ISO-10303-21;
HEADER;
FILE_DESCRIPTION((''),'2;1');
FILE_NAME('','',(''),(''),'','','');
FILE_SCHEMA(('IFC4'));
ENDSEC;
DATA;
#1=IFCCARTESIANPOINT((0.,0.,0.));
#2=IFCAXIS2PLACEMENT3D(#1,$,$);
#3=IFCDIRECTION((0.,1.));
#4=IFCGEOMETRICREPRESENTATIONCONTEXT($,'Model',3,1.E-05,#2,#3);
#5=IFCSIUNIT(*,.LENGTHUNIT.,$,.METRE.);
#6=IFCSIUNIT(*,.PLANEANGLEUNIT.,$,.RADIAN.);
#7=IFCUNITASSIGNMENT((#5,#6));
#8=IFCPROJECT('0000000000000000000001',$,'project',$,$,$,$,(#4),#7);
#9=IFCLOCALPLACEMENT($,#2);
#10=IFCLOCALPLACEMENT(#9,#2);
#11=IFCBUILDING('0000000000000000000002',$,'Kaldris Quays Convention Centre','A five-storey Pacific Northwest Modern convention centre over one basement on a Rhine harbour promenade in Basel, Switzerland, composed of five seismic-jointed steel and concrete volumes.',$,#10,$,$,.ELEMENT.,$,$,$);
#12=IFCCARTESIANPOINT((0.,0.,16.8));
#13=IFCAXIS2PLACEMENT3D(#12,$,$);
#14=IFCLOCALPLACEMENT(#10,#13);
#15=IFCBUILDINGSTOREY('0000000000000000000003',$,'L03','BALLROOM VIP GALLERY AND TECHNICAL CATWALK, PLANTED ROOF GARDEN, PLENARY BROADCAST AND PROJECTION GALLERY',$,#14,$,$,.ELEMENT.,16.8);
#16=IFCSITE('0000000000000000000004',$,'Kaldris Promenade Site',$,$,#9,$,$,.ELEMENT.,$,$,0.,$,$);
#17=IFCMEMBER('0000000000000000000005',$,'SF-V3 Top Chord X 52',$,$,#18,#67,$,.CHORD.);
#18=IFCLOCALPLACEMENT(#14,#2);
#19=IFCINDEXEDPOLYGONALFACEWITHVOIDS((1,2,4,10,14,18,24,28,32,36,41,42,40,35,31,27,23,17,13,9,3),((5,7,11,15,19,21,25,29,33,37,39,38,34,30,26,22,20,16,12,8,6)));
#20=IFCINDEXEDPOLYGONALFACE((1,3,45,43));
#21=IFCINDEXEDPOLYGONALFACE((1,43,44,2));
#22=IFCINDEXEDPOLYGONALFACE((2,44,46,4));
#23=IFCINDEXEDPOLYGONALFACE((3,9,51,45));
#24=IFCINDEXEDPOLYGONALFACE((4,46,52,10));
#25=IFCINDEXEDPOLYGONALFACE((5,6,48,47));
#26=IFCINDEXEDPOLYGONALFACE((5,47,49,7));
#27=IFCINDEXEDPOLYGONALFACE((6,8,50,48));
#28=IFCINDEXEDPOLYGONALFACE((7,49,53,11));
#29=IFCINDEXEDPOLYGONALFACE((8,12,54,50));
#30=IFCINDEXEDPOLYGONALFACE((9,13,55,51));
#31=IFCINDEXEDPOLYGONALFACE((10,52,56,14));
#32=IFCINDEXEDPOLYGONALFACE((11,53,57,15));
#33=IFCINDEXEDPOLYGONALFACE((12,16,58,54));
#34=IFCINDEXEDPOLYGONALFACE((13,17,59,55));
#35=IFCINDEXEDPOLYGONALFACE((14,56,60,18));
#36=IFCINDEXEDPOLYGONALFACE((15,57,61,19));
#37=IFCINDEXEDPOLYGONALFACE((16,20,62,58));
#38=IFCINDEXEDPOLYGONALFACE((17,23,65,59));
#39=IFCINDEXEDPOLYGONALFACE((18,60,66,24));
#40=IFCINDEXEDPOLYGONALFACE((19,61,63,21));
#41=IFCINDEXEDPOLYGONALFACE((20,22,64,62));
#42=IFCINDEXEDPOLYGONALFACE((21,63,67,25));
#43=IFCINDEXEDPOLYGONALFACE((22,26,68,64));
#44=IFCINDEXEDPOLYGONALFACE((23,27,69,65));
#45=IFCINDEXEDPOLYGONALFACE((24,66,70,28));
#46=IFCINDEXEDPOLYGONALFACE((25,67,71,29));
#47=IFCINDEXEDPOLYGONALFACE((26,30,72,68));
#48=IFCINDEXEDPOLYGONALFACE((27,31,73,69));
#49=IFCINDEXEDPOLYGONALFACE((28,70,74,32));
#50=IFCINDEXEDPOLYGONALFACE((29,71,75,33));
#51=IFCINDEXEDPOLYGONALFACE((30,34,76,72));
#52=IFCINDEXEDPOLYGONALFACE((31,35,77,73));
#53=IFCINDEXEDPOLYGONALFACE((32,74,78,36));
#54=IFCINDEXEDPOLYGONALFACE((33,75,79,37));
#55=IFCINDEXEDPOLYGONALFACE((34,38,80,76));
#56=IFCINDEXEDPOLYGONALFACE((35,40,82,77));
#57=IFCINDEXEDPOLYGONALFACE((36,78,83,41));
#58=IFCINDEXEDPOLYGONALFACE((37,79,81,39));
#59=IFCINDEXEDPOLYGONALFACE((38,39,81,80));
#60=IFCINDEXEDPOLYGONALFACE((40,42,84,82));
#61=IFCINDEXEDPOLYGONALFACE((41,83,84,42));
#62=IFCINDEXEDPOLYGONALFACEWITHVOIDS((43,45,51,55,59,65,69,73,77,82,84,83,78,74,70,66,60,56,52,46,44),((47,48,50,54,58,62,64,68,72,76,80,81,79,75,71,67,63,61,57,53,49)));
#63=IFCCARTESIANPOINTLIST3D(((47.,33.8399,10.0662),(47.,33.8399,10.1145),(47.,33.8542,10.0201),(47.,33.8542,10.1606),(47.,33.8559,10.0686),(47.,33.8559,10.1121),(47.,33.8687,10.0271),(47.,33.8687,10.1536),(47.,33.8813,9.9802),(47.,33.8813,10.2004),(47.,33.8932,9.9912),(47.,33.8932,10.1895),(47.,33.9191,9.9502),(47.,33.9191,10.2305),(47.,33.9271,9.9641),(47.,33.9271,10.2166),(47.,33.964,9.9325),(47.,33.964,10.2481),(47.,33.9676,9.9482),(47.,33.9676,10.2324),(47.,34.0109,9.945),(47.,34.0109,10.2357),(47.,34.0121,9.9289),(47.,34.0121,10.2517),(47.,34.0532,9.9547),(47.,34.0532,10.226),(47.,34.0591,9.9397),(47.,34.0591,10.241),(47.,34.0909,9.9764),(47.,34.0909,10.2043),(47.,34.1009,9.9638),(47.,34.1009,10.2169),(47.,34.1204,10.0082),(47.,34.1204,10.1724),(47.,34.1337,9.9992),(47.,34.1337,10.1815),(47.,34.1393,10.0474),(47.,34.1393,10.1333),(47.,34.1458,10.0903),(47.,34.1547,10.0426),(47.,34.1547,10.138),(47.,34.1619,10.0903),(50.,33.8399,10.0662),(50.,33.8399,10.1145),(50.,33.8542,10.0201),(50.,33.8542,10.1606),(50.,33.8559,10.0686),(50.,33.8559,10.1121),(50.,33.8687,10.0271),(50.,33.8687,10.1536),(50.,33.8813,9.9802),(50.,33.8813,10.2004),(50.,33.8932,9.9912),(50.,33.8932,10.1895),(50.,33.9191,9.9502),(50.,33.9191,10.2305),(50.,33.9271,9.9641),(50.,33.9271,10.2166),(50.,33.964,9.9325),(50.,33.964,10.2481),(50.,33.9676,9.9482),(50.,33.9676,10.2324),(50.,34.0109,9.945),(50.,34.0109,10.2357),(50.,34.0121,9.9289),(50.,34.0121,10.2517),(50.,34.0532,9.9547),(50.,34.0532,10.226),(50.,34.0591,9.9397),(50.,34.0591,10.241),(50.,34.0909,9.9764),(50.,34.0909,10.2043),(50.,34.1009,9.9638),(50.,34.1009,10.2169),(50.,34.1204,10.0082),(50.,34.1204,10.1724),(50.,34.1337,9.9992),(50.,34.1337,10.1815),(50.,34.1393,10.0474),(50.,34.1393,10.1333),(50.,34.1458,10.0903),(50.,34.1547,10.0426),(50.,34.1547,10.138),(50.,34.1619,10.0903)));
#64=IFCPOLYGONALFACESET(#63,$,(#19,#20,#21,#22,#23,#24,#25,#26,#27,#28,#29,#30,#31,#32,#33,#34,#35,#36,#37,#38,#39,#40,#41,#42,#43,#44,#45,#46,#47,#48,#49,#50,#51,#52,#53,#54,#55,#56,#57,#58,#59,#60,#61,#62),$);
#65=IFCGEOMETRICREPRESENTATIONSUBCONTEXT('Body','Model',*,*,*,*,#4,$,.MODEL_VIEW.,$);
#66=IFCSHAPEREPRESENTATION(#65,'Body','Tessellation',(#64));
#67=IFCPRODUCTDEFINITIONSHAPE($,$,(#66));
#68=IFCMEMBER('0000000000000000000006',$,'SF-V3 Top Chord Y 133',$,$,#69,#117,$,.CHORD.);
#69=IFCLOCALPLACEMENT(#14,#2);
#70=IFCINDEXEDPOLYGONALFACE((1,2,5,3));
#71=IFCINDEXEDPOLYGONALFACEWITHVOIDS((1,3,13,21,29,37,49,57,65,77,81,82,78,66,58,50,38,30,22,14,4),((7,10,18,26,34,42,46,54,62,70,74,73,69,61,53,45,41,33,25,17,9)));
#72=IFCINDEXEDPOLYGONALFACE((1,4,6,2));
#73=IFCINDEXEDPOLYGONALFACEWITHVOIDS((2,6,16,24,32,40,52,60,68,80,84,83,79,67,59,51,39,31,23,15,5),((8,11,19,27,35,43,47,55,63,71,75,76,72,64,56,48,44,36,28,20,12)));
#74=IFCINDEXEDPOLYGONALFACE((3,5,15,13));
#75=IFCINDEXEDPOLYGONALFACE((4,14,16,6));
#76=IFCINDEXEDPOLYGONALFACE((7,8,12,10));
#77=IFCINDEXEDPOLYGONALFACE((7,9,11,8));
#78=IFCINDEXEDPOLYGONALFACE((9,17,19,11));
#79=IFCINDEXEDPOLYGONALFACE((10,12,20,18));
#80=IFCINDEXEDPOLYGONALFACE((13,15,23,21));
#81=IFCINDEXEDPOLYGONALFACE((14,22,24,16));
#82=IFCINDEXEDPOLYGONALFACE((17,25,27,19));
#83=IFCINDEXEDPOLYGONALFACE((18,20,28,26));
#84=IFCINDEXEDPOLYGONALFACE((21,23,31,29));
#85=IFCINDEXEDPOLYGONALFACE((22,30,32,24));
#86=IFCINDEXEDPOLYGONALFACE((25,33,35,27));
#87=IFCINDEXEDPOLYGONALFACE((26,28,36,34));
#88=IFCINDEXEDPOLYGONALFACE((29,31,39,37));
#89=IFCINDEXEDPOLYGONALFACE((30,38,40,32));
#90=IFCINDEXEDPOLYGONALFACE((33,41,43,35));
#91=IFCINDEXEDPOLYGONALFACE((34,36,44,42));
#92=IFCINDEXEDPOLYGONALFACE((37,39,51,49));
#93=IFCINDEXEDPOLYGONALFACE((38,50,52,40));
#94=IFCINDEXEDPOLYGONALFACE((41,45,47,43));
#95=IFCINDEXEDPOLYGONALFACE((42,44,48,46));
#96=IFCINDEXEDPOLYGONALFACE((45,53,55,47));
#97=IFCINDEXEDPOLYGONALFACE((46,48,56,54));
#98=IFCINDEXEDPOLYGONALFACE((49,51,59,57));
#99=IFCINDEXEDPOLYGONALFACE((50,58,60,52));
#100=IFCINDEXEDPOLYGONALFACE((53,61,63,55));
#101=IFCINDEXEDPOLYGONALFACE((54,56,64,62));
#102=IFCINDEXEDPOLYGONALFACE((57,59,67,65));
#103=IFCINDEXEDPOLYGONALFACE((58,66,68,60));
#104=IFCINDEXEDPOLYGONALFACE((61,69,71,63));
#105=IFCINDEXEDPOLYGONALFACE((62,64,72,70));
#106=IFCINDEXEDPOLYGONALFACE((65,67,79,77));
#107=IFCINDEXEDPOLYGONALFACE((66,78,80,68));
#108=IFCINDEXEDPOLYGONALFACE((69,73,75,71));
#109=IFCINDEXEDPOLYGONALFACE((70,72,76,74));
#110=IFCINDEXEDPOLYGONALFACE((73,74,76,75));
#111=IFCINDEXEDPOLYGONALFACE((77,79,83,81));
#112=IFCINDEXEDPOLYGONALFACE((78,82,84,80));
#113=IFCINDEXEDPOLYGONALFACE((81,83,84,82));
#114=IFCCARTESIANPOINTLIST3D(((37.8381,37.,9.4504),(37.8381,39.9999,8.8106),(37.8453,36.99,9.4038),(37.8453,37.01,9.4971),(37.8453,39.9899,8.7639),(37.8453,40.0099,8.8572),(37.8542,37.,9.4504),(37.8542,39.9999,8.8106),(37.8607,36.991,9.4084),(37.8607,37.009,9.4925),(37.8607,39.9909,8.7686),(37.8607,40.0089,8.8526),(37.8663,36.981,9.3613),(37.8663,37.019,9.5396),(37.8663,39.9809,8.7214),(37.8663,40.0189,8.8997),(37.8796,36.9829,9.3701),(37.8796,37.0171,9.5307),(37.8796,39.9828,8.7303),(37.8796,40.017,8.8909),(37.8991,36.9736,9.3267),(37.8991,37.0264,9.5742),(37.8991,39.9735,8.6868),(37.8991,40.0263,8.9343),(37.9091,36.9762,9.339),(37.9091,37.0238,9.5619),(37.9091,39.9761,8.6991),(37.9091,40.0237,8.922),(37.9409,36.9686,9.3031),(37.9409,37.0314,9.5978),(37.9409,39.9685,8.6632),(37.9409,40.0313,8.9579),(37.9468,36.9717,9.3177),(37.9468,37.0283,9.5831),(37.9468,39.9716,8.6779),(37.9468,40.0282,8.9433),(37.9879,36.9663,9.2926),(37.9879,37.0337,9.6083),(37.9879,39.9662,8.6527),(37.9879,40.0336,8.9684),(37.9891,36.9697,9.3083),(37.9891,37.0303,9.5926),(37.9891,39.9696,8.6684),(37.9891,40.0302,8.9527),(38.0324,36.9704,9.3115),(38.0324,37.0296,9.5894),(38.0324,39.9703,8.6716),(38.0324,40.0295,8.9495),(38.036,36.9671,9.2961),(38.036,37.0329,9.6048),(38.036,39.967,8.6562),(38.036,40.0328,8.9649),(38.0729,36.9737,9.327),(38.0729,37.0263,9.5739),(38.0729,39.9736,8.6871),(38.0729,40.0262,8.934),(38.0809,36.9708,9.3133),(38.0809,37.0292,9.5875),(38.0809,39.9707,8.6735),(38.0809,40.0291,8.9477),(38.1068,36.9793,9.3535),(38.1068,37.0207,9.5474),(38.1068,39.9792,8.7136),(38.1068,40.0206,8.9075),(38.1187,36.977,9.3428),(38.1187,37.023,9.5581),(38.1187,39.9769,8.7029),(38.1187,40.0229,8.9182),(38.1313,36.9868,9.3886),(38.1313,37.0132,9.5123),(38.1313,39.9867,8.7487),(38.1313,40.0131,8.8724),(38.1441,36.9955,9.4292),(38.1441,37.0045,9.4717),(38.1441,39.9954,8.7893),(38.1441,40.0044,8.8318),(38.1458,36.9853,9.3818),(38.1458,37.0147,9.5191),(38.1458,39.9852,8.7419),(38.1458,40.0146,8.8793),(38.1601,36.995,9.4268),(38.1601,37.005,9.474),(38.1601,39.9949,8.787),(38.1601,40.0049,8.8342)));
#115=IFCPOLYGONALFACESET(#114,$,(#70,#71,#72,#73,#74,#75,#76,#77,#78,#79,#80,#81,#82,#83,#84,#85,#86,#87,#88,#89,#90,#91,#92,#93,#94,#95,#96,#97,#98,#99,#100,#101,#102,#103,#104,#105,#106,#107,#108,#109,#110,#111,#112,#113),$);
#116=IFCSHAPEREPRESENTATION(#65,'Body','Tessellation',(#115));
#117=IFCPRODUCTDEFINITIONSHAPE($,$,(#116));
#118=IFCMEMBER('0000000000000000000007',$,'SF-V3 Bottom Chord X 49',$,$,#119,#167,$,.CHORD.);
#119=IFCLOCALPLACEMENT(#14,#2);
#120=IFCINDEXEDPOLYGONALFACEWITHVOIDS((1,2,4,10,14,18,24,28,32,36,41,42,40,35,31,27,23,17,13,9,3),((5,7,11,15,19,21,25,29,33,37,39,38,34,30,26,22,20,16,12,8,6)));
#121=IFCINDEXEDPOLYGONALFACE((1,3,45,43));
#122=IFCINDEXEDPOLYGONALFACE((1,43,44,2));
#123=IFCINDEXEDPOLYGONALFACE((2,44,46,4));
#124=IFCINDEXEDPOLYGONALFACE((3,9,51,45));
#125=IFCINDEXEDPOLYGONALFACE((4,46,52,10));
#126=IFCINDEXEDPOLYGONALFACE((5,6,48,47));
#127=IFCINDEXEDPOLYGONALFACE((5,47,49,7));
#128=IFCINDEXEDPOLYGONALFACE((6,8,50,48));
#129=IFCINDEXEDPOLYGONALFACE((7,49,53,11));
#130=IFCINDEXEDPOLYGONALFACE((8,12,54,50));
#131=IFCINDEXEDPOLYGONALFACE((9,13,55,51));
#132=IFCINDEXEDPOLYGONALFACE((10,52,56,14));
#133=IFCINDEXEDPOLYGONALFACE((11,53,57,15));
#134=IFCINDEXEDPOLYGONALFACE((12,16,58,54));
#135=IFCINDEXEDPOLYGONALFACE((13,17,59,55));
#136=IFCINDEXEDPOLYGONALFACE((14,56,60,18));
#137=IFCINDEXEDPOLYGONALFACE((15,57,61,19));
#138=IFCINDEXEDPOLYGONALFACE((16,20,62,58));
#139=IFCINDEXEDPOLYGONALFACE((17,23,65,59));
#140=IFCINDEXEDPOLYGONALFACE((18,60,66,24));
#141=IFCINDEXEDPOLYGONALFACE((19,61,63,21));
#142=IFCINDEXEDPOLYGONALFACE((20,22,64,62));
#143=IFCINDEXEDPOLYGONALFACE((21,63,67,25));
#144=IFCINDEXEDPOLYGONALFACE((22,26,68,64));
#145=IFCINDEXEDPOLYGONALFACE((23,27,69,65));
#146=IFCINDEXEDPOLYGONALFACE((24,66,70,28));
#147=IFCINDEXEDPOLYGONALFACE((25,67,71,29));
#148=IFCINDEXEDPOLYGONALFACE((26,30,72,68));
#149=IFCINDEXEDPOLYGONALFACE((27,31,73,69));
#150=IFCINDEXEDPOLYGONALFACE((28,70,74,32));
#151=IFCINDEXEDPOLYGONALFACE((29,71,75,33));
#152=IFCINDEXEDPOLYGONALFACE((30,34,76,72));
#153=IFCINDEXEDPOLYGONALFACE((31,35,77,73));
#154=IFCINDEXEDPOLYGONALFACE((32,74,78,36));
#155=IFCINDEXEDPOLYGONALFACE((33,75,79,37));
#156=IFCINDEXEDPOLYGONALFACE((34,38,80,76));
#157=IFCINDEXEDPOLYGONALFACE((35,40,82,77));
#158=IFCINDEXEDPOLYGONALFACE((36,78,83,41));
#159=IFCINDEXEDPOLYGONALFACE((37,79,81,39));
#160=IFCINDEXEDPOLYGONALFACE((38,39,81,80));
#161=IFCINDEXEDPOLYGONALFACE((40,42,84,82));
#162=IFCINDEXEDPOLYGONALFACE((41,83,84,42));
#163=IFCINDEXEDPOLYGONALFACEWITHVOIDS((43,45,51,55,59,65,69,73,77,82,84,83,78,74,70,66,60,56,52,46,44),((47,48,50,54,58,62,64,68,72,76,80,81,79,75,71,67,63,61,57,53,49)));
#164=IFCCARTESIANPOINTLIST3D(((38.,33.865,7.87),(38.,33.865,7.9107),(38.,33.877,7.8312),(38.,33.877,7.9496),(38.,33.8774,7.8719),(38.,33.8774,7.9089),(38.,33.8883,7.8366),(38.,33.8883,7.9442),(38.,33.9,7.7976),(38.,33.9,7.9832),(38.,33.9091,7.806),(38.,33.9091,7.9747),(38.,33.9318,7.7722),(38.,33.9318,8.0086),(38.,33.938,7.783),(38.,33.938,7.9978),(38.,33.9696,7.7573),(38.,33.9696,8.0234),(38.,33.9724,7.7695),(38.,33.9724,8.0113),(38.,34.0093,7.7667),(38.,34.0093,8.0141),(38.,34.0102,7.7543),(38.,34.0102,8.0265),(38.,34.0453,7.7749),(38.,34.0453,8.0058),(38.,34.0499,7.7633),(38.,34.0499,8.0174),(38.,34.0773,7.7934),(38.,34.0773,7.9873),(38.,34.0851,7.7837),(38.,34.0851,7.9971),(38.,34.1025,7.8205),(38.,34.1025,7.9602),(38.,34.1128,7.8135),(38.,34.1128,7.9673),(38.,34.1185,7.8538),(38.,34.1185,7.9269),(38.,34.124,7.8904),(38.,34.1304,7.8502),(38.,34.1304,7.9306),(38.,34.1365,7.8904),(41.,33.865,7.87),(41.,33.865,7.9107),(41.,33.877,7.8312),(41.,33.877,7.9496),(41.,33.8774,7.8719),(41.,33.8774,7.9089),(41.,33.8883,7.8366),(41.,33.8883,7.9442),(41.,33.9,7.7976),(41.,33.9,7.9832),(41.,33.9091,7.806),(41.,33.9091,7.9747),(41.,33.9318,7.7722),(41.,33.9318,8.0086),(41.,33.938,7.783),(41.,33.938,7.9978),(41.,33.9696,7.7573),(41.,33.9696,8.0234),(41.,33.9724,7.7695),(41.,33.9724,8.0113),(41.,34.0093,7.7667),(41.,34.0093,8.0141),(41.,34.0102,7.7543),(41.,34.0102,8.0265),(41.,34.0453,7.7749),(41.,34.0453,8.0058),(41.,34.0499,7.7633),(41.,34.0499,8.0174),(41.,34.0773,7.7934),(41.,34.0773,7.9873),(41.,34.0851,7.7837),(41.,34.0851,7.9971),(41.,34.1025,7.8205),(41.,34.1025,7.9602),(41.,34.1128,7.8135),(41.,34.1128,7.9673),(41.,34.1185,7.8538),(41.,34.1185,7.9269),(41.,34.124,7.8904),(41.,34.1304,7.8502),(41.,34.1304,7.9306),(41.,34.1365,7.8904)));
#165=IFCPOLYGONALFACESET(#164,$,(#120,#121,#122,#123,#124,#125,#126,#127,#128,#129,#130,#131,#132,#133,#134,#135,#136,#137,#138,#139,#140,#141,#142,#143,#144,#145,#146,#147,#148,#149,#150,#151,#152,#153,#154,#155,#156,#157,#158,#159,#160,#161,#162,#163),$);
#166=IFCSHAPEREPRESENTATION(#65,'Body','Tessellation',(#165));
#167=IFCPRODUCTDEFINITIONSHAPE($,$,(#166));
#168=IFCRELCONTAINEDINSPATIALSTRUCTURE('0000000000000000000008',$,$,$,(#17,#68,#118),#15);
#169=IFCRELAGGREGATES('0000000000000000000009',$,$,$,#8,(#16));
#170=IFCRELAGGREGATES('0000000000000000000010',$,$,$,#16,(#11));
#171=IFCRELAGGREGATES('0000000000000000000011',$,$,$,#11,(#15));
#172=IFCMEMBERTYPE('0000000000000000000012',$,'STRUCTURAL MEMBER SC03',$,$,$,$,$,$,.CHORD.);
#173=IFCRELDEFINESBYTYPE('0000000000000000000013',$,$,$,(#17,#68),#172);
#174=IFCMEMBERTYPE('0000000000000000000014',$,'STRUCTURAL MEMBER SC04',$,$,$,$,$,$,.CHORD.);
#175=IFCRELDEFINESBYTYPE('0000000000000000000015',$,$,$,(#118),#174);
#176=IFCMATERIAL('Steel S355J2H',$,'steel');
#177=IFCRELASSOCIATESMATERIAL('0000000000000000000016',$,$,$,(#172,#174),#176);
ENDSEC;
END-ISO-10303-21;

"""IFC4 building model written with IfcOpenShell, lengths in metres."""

from ifc_helpers import new_model, si_unit, direction, frame, origin, origin_2d, place, context, subcontext, project, spatial, hollow_circle, extrude, material, material_profile, profile_set, type_object, element, save


model = new_model("IFC4")

# Units and contexts
model_context = context("Model", 3, precision=1e-05, world=origin(), true_north=direction((0.0, 1.0)))
body_context = subcontext(model_context, "Body", "Model", "MODEL_VIEW")
ifc_project = project(units=[si_unit("LENGTHUNIT", "METRE"), si_unit("PLANEANGLEUNIT", "RADIAN")], contexts=[model_context])

# Site, building, storey
site_placement = place(None, origin())
site = spatial("IfcSite", under=ifc_project, at=site_placement, Name="Kaldris Promenade Site", CompositionType="ELEMENT", RefElevation=0.0)
building_placement = place(site_placement, origin())
building = spatial("IfcBuilding", under=site, at=building_placement, Name="Kaldris Quays Convention Centre", Description="A five-storey Pacific Northwest Modern convention centre over one basement on a Rhine harbour promenade in Basel, Switzerland, composed of five seismic-jointed steel and concrete volumes.", CompositionType="ELEMENT")
storey_placement = place(building_placement, frame((0.0, 0.0, 16.8)))
storey = spatial("IfcBuildingStorey", under=building, at=storey_placement, Name="L03", Description="BALLROOM VIP GALLERY AND TECHNICAL CATWALK, PLANTED ROOF GARDEN, PLENARY BROADCAST AND PROJECTION GALLERY", CompositionType="ELEMENT", Elevation=16.8)

# Members
ifc_material_1 = material(Name="Steel S355J2H", Category="steel")
ifc_material_profile_1 = material_profile(ifc_material_1, hollow_circle(Radius=0.1619, WallThickness=0.0161, at=origin_2d()), Name="CHS 323.9x16")
ifc_profile_set_1 = profile_set([ifc_material_profile_1], Name="Steel S355J2H")
member_type_1 = type_object("IfcMemberType", Name="STRUCTURAL MEMBER SC03", PredefinedType="CHORD", material=ifc_profile_set_1)
for number, where, z_axis, x_axis, name in (
    (1, (47.0, 34.0, 10.0903), (1.0, 0.0, 0.0), (0.0, 1.0, 0.0), "SF-V3 Top Chord X 52"),
):
    element("IfcMember", number, at=place(storey_placement, frame(where, z_axis=z_axis, x_axis=x_axis)), inside=storey, type_object=member_type_1, Name=name, PredefinedType="CHORD", context=body_context, shape_type="SweptSolid", body=[
        extrude(hollow_circle(Radius=0.1619, WallThickness=0.0161, at=origin_2d()), origin(), (0.0, 0.0, 1.0), 3.0),
    ])
member_1_placement = place(storey_placement, frame((38.0, 37.0, 9.4504), z_axis=(0.0, 0.978, -0.208605), x_axis=(-1.0, 0.0, 0.0)))
element("IfcMember", 2, at=member_1_placement, inside=storey, type_object=member_type_1, Name="SF-V3 Top Chord Y 133", PredefinedType="CHORD", context=body_context, shape_type="SweptSolid", body=[
    extrude(hollow_circle(Radius=0.1619, WallThickness=0.0161, at=origin_2d()), origin(), (0.0, 0.0, 1.0), 3.0674),
])
ifc_material_profile_2 = material_profile(ifc_material_1, hollow_circle(Radius=0.1365, WallThickness=0.0125, at=origin_2d()), Name="CHS 273x12.5")
ifc_profile_set_2 = profile_set([ifc_material_profile_2], Name="Steel S355J2H")
member_type_2 = type_object("IfcMemberType", Name="STRUCTURAL MEMBER SC04", PredefinedType="CHORD", material=ifc_profile_set_2)
for number, where, z_axis, x_axis, name in (
    (3, (38.0, 34.0, 7.8904), (1.0, 0.0, 0.0), (0.0, 1.0, 0.0), "SF-V3 Bottom Chord X 49"),
):
    element("IfcMember", number, at=place(storey_placement, frame(where, z_axis=z_axis, x_axis=x_axis)), inside=storey, type_object=member_type_2, Name=name, PredefinedType="CHORD", context=body_context, shape_type="SweptSolid", body=[
        extrude(hollow_circle(Radius=0.1365, WallThickness=0.0125, at=origin_2d()), origin(), (0.0, 0.0, 1.0), 3.0),
    ])

save(model, "model.ifc")
